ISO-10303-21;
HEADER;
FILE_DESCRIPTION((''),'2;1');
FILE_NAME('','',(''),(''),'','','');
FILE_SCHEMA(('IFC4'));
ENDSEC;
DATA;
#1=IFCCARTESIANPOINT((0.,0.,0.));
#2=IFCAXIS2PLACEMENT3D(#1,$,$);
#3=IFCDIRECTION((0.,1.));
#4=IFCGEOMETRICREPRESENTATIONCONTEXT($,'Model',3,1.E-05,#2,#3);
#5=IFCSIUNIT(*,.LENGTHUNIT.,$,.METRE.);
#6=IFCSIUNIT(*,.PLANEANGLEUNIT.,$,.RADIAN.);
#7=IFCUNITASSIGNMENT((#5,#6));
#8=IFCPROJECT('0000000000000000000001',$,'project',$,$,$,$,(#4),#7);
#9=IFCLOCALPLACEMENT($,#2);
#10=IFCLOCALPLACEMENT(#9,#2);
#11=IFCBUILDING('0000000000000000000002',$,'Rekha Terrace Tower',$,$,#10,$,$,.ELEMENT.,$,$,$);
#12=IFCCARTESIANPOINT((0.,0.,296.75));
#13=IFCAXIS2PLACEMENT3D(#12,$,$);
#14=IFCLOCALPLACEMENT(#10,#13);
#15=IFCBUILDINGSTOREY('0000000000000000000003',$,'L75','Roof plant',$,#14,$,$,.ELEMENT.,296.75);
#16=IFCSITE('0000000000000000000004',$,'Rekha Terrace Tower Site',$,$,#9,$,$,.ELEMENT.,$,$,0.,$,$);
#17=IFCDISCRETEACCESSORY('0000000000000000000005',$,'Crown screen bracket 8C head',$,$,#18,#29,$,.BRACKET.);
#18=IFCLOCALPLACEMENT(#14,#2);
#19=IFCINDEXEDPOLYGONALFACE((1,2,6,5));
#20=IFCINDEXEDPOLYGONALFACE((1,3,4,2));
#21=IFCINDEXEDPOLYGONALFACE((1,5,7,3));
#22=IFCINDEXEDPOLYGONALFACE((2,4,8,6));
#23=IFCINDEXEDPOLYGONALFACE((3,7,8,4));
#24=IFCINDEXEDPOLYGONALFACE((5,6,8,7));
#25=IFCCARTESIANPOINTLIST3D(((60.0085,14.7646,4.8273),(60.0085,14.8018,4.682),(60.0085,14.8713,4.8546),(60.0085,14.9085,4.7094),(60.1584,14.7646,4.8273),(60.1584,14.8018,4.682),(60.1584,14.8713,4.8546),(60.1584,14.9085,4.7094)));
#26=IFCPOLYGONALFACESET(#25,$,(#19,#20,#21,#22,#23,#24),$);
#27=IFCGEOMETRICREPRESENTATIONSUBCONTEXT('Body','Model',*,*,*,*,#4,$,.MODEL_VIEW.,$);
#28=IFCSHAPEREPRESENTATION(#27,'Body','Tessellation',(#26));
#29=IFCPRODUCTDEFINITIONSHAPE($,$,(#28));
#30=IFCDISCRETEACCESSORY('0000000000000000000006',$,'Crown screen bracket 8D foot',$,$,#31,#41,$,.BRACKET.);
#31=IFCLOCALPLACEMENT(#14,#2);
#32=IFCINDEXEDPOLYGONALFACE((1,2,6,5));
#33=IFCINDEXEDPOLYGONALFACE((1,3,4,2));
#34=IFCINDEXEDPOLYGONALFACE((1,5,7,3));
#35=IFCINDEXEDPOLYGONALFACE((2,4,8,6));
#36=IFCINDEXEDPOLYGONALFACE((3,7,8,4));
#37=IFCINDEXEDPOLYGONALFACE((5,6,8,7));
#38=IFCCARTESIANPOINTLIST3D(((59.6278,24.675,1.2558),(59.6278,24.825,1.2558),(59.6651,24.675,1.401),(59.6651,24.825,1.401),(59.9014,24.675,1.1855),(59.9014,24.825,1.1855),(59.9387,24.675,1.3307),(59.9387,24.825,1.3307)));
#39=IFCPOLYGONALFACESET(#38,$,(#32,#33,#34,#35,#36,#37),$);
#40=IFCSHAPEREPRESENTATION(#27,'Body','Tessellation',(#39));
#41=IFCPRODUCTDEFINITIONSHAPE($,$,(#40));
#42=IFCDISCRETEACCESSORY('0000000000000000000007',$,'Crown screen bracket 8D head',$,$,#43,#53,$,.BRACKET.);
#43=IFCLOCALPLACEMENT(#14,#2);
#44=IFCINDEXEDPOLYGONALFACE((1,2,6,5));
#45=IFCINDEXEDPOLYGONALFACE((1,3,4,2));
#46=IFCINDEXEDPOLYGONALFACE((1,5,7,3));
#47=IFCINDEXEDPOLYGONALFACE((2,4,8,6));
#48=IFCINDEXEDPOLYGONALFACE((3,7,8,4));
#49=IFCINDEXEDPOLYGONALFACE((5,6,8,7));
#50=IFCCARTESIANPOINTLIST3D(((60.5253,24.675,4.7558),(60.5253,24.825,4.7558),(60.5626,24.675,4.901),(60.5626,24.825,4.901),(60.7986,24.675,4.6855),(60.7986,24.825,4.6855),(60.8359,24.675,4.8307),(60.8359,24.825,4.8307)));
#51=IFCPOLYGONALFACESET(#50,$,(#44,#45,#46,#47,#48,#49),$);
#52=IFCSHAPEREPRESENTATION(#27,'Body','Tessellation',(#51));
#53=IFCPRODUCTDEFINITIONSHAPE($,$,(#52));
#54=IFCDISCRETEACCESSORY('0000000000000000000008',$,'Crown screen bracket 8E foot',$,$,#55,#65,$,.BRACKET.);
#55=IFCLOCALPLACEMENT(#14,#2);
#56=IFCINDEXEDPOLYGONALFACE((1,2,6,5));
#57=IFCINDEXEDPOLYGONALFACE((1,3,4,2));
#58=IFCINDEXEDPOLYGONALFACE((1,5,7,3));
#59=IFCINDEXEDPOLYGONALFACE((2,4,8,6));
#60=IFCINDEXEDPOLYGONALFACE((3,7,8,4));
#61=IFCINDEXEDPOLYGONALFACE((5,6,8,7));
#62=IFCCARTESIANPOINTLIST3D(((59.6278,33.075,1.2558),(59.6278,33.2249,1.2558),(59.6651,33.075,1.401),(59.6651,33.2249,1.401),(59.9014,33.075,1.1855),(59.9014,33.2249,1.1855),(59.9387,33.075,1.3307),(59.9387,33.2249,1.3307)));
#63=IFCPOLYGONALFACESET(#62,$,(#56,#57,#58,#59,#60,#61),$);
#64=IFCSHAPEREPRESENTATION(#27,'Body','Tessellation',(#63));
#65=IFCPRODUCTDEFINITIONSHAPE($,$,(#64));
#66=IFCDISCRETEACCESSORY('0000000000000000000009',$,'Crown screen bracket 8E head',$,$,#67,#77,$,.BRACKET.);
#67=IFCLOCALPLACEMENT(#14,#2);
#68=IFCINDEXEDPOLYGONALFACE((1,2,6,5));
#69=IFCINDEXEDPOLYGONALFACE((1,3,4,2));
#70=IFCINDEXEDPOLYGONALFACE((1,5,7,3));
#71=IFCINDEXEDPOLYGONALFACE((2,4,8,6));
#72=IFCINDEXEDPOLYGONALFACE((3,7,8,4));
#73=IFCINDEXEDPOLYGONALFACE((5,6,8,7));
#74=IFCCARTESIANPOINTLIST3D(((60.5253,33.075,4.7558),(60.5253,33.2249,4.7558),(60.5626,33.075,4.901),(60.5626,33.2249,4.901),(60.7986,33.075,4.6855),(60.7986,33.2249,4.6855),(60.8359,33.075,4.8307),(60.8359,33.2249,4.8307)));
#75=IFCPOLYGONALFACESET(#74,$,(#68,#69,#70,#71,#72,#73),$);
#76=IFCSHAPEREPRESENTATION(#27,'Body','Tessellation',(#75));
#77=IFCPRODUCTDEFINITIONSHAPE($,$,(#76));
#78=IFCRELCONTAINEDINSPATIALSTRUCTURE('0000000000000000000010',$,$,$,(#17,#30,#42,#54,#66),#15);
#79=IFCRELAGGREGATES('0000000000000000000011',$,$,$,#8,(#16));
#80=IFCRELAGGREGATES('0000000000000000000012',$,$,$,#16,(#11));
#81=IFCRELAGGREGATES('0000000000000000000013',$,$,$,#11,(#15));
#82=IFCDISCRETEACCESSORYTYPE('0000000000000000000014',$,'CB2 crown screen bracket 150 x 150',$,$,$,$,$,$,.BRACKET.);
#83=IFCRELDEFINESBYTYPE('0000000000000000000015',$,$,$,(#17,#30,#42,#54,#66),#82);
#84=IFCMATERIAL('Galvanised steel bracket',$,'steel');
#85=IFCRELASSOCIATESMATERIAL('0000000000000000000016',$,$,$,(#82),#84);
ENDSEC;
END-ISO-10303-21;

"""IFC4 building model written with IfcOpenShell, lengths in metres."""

from ifc_helpers import new_model, si_unit, direction, frame, origin, origin_2d, place, context, subcontext, project, spatial, rectangle, extrude, material, type_object, element, save


model = new_model("IFC4")

# Units and contexts
model_context = context("Model", 3, precision=1e-05, world=origin(), true_north=direction((0.0, 1.0)))
body_context = subcontext(model_context, "Body", "Model", "MODEL_VIEW")
ifc_project = project(units=[si_unit("LENGTHUNIT", "METRE"), si_unit("PLANEANGLEUNIT", "RADIAN")], contexts=[model_context])

# Site, building, storey
site_placement = place(None, origin())
site = spatial("IfcSite", under=ifc_project, at=site_placement, Name="Rekha Terrace Tower Site", CompositionType="ELEMENT", RefElevation=0.0)
building_placement = place(site_placement, origin())
building = spatial("IfcBuilding", under=site, at=building_placement, Name="Rekha Terrace Tower", CompositionType="ELEMENT")
storey_placement = place(building_placement, frame((0.0, 0.0, 296.75)))
storey = spatial("IfcBuildingStorey", under=building, at=storey_placement, Name="L75", Description="Roof plant", CompositionType="ELEMENT", Elevation=296.75)

# Discrete accessories
ifc_material_1 = material(Name="Galvanised steel bracket", Category="steel")
discrete_accessory_type = type_object("IfcDiscreteAccessoryType", Name="CB2 crown screen bracket 150 x 150", PredefinedType="BRACKET", material=ifc_material_1)
discrete_accessory_1_placement = place(storey_placement, frame((60.0835, 14.8899, 4.782), z_axis=(0.0, -0.968691, -0.248269), x_axis=(1.0, 0.0, 0.0)))
element("IfcDiscreteAccessory", 1, at=discrete_accessory_1_placement, inside=storey, type_object=discrete_accessory_type, Name="Crown screen bracket 8C head", PredefinedType="BRACKET", context=body_context, shape_type="SweptSolid", body=[
    extrude(rectangle(XDim=0.1499, YDim=0.1499, at=origin_2d()), origin(), (0.0, 0.0, 1.0), 0.1101),
])
discrete_accessory_2_placement = place(storey_placement, frame((59.6465, 24.75, 1.3284), z_axis=(0.968546, 0.0, -0.248833), x_axis=(0.0, 1.0, 0.0)))
element("IfcDiscreteAccessory", 2, at=discrete_accessory_2_placement, inside=storey, type_object=discrete_accessory_type, Name="Crown screen bracket 8D foot", PredefinedType="BRACKET", context=body_context, shape_type="SweptSolid", body=[
    extrude(rectangle(XDim=0.1499, YDim=0.1499, at=origin_2d()), origin(), (0.0, 0.0, 1.0), 0.2825),
])
discrete_accessory_3_placement = place(storey_placement, frame((60.5439, 24.75, 4.8284), z_axis=(0.968493, 0.0, -0.249041), x_axis=(0.0, 1.0, 0.0)))
element("IfcDiscreteAccessory", 3, at=discrete_accessory_3_placement, inside=storey, type_object=discrete_accessory_type, Name="Crown screen bracket 8D head", PredefinedType="BRACKET", context=body_context, shape_type="SweptSolid", body=[
    extrude(rectangle(XDim=0.1499, YDim=0.1499, at=origin_2d()), origin(), (0.0, 0.0, 1.0), 0.2822),
])
discrete_accessory_4_placement = place(storey_placement, frame((59.6465, 33.1499, 1.3284), z_axis=(0.968546, 0.0, -0.248833), x_axis=(0.0, 1.0, 0.0)))
element("IfcDiscreteAccessory", 4, at=discrete_accessory_4_placement, inside=storey, type_object=discrete_accessory_type, Name="Crown screen bracket 8E foot", PredefinedType="BRACKET", context=body_context, shape_type="SweptSolid", body=[
    extrude(rectangle(XDim=0.1499, YDim=0.1499, at=origin_2d()), origin(), (0.0, 0.0, 1.0), 0.2825),
])
discrete_accessory_5_placement = place(storey_placement, frame((60.5439, 33.1499, 4.8284), z_axis=(0.968493, 0.0, -0.249041), x_axis=(0.0, 1.0, 0.0)))
element("IfcDiscreteAccessory", 5, at=discrete_accessory_5_placement, inside=storey, type_object=discrete_accessory_type, Name="Crown screen bracket 8E head", PredefinedType="BRACKET", context=body_context, shape_type="SweptSolid", body=[
    extrude(rectangle(XDim=0.1499, YDim=0.1499, at=origin_2d()), origin(), (0.0, 0.0, 1.0), 0.2822),
])

save(model, "model.ifc")
